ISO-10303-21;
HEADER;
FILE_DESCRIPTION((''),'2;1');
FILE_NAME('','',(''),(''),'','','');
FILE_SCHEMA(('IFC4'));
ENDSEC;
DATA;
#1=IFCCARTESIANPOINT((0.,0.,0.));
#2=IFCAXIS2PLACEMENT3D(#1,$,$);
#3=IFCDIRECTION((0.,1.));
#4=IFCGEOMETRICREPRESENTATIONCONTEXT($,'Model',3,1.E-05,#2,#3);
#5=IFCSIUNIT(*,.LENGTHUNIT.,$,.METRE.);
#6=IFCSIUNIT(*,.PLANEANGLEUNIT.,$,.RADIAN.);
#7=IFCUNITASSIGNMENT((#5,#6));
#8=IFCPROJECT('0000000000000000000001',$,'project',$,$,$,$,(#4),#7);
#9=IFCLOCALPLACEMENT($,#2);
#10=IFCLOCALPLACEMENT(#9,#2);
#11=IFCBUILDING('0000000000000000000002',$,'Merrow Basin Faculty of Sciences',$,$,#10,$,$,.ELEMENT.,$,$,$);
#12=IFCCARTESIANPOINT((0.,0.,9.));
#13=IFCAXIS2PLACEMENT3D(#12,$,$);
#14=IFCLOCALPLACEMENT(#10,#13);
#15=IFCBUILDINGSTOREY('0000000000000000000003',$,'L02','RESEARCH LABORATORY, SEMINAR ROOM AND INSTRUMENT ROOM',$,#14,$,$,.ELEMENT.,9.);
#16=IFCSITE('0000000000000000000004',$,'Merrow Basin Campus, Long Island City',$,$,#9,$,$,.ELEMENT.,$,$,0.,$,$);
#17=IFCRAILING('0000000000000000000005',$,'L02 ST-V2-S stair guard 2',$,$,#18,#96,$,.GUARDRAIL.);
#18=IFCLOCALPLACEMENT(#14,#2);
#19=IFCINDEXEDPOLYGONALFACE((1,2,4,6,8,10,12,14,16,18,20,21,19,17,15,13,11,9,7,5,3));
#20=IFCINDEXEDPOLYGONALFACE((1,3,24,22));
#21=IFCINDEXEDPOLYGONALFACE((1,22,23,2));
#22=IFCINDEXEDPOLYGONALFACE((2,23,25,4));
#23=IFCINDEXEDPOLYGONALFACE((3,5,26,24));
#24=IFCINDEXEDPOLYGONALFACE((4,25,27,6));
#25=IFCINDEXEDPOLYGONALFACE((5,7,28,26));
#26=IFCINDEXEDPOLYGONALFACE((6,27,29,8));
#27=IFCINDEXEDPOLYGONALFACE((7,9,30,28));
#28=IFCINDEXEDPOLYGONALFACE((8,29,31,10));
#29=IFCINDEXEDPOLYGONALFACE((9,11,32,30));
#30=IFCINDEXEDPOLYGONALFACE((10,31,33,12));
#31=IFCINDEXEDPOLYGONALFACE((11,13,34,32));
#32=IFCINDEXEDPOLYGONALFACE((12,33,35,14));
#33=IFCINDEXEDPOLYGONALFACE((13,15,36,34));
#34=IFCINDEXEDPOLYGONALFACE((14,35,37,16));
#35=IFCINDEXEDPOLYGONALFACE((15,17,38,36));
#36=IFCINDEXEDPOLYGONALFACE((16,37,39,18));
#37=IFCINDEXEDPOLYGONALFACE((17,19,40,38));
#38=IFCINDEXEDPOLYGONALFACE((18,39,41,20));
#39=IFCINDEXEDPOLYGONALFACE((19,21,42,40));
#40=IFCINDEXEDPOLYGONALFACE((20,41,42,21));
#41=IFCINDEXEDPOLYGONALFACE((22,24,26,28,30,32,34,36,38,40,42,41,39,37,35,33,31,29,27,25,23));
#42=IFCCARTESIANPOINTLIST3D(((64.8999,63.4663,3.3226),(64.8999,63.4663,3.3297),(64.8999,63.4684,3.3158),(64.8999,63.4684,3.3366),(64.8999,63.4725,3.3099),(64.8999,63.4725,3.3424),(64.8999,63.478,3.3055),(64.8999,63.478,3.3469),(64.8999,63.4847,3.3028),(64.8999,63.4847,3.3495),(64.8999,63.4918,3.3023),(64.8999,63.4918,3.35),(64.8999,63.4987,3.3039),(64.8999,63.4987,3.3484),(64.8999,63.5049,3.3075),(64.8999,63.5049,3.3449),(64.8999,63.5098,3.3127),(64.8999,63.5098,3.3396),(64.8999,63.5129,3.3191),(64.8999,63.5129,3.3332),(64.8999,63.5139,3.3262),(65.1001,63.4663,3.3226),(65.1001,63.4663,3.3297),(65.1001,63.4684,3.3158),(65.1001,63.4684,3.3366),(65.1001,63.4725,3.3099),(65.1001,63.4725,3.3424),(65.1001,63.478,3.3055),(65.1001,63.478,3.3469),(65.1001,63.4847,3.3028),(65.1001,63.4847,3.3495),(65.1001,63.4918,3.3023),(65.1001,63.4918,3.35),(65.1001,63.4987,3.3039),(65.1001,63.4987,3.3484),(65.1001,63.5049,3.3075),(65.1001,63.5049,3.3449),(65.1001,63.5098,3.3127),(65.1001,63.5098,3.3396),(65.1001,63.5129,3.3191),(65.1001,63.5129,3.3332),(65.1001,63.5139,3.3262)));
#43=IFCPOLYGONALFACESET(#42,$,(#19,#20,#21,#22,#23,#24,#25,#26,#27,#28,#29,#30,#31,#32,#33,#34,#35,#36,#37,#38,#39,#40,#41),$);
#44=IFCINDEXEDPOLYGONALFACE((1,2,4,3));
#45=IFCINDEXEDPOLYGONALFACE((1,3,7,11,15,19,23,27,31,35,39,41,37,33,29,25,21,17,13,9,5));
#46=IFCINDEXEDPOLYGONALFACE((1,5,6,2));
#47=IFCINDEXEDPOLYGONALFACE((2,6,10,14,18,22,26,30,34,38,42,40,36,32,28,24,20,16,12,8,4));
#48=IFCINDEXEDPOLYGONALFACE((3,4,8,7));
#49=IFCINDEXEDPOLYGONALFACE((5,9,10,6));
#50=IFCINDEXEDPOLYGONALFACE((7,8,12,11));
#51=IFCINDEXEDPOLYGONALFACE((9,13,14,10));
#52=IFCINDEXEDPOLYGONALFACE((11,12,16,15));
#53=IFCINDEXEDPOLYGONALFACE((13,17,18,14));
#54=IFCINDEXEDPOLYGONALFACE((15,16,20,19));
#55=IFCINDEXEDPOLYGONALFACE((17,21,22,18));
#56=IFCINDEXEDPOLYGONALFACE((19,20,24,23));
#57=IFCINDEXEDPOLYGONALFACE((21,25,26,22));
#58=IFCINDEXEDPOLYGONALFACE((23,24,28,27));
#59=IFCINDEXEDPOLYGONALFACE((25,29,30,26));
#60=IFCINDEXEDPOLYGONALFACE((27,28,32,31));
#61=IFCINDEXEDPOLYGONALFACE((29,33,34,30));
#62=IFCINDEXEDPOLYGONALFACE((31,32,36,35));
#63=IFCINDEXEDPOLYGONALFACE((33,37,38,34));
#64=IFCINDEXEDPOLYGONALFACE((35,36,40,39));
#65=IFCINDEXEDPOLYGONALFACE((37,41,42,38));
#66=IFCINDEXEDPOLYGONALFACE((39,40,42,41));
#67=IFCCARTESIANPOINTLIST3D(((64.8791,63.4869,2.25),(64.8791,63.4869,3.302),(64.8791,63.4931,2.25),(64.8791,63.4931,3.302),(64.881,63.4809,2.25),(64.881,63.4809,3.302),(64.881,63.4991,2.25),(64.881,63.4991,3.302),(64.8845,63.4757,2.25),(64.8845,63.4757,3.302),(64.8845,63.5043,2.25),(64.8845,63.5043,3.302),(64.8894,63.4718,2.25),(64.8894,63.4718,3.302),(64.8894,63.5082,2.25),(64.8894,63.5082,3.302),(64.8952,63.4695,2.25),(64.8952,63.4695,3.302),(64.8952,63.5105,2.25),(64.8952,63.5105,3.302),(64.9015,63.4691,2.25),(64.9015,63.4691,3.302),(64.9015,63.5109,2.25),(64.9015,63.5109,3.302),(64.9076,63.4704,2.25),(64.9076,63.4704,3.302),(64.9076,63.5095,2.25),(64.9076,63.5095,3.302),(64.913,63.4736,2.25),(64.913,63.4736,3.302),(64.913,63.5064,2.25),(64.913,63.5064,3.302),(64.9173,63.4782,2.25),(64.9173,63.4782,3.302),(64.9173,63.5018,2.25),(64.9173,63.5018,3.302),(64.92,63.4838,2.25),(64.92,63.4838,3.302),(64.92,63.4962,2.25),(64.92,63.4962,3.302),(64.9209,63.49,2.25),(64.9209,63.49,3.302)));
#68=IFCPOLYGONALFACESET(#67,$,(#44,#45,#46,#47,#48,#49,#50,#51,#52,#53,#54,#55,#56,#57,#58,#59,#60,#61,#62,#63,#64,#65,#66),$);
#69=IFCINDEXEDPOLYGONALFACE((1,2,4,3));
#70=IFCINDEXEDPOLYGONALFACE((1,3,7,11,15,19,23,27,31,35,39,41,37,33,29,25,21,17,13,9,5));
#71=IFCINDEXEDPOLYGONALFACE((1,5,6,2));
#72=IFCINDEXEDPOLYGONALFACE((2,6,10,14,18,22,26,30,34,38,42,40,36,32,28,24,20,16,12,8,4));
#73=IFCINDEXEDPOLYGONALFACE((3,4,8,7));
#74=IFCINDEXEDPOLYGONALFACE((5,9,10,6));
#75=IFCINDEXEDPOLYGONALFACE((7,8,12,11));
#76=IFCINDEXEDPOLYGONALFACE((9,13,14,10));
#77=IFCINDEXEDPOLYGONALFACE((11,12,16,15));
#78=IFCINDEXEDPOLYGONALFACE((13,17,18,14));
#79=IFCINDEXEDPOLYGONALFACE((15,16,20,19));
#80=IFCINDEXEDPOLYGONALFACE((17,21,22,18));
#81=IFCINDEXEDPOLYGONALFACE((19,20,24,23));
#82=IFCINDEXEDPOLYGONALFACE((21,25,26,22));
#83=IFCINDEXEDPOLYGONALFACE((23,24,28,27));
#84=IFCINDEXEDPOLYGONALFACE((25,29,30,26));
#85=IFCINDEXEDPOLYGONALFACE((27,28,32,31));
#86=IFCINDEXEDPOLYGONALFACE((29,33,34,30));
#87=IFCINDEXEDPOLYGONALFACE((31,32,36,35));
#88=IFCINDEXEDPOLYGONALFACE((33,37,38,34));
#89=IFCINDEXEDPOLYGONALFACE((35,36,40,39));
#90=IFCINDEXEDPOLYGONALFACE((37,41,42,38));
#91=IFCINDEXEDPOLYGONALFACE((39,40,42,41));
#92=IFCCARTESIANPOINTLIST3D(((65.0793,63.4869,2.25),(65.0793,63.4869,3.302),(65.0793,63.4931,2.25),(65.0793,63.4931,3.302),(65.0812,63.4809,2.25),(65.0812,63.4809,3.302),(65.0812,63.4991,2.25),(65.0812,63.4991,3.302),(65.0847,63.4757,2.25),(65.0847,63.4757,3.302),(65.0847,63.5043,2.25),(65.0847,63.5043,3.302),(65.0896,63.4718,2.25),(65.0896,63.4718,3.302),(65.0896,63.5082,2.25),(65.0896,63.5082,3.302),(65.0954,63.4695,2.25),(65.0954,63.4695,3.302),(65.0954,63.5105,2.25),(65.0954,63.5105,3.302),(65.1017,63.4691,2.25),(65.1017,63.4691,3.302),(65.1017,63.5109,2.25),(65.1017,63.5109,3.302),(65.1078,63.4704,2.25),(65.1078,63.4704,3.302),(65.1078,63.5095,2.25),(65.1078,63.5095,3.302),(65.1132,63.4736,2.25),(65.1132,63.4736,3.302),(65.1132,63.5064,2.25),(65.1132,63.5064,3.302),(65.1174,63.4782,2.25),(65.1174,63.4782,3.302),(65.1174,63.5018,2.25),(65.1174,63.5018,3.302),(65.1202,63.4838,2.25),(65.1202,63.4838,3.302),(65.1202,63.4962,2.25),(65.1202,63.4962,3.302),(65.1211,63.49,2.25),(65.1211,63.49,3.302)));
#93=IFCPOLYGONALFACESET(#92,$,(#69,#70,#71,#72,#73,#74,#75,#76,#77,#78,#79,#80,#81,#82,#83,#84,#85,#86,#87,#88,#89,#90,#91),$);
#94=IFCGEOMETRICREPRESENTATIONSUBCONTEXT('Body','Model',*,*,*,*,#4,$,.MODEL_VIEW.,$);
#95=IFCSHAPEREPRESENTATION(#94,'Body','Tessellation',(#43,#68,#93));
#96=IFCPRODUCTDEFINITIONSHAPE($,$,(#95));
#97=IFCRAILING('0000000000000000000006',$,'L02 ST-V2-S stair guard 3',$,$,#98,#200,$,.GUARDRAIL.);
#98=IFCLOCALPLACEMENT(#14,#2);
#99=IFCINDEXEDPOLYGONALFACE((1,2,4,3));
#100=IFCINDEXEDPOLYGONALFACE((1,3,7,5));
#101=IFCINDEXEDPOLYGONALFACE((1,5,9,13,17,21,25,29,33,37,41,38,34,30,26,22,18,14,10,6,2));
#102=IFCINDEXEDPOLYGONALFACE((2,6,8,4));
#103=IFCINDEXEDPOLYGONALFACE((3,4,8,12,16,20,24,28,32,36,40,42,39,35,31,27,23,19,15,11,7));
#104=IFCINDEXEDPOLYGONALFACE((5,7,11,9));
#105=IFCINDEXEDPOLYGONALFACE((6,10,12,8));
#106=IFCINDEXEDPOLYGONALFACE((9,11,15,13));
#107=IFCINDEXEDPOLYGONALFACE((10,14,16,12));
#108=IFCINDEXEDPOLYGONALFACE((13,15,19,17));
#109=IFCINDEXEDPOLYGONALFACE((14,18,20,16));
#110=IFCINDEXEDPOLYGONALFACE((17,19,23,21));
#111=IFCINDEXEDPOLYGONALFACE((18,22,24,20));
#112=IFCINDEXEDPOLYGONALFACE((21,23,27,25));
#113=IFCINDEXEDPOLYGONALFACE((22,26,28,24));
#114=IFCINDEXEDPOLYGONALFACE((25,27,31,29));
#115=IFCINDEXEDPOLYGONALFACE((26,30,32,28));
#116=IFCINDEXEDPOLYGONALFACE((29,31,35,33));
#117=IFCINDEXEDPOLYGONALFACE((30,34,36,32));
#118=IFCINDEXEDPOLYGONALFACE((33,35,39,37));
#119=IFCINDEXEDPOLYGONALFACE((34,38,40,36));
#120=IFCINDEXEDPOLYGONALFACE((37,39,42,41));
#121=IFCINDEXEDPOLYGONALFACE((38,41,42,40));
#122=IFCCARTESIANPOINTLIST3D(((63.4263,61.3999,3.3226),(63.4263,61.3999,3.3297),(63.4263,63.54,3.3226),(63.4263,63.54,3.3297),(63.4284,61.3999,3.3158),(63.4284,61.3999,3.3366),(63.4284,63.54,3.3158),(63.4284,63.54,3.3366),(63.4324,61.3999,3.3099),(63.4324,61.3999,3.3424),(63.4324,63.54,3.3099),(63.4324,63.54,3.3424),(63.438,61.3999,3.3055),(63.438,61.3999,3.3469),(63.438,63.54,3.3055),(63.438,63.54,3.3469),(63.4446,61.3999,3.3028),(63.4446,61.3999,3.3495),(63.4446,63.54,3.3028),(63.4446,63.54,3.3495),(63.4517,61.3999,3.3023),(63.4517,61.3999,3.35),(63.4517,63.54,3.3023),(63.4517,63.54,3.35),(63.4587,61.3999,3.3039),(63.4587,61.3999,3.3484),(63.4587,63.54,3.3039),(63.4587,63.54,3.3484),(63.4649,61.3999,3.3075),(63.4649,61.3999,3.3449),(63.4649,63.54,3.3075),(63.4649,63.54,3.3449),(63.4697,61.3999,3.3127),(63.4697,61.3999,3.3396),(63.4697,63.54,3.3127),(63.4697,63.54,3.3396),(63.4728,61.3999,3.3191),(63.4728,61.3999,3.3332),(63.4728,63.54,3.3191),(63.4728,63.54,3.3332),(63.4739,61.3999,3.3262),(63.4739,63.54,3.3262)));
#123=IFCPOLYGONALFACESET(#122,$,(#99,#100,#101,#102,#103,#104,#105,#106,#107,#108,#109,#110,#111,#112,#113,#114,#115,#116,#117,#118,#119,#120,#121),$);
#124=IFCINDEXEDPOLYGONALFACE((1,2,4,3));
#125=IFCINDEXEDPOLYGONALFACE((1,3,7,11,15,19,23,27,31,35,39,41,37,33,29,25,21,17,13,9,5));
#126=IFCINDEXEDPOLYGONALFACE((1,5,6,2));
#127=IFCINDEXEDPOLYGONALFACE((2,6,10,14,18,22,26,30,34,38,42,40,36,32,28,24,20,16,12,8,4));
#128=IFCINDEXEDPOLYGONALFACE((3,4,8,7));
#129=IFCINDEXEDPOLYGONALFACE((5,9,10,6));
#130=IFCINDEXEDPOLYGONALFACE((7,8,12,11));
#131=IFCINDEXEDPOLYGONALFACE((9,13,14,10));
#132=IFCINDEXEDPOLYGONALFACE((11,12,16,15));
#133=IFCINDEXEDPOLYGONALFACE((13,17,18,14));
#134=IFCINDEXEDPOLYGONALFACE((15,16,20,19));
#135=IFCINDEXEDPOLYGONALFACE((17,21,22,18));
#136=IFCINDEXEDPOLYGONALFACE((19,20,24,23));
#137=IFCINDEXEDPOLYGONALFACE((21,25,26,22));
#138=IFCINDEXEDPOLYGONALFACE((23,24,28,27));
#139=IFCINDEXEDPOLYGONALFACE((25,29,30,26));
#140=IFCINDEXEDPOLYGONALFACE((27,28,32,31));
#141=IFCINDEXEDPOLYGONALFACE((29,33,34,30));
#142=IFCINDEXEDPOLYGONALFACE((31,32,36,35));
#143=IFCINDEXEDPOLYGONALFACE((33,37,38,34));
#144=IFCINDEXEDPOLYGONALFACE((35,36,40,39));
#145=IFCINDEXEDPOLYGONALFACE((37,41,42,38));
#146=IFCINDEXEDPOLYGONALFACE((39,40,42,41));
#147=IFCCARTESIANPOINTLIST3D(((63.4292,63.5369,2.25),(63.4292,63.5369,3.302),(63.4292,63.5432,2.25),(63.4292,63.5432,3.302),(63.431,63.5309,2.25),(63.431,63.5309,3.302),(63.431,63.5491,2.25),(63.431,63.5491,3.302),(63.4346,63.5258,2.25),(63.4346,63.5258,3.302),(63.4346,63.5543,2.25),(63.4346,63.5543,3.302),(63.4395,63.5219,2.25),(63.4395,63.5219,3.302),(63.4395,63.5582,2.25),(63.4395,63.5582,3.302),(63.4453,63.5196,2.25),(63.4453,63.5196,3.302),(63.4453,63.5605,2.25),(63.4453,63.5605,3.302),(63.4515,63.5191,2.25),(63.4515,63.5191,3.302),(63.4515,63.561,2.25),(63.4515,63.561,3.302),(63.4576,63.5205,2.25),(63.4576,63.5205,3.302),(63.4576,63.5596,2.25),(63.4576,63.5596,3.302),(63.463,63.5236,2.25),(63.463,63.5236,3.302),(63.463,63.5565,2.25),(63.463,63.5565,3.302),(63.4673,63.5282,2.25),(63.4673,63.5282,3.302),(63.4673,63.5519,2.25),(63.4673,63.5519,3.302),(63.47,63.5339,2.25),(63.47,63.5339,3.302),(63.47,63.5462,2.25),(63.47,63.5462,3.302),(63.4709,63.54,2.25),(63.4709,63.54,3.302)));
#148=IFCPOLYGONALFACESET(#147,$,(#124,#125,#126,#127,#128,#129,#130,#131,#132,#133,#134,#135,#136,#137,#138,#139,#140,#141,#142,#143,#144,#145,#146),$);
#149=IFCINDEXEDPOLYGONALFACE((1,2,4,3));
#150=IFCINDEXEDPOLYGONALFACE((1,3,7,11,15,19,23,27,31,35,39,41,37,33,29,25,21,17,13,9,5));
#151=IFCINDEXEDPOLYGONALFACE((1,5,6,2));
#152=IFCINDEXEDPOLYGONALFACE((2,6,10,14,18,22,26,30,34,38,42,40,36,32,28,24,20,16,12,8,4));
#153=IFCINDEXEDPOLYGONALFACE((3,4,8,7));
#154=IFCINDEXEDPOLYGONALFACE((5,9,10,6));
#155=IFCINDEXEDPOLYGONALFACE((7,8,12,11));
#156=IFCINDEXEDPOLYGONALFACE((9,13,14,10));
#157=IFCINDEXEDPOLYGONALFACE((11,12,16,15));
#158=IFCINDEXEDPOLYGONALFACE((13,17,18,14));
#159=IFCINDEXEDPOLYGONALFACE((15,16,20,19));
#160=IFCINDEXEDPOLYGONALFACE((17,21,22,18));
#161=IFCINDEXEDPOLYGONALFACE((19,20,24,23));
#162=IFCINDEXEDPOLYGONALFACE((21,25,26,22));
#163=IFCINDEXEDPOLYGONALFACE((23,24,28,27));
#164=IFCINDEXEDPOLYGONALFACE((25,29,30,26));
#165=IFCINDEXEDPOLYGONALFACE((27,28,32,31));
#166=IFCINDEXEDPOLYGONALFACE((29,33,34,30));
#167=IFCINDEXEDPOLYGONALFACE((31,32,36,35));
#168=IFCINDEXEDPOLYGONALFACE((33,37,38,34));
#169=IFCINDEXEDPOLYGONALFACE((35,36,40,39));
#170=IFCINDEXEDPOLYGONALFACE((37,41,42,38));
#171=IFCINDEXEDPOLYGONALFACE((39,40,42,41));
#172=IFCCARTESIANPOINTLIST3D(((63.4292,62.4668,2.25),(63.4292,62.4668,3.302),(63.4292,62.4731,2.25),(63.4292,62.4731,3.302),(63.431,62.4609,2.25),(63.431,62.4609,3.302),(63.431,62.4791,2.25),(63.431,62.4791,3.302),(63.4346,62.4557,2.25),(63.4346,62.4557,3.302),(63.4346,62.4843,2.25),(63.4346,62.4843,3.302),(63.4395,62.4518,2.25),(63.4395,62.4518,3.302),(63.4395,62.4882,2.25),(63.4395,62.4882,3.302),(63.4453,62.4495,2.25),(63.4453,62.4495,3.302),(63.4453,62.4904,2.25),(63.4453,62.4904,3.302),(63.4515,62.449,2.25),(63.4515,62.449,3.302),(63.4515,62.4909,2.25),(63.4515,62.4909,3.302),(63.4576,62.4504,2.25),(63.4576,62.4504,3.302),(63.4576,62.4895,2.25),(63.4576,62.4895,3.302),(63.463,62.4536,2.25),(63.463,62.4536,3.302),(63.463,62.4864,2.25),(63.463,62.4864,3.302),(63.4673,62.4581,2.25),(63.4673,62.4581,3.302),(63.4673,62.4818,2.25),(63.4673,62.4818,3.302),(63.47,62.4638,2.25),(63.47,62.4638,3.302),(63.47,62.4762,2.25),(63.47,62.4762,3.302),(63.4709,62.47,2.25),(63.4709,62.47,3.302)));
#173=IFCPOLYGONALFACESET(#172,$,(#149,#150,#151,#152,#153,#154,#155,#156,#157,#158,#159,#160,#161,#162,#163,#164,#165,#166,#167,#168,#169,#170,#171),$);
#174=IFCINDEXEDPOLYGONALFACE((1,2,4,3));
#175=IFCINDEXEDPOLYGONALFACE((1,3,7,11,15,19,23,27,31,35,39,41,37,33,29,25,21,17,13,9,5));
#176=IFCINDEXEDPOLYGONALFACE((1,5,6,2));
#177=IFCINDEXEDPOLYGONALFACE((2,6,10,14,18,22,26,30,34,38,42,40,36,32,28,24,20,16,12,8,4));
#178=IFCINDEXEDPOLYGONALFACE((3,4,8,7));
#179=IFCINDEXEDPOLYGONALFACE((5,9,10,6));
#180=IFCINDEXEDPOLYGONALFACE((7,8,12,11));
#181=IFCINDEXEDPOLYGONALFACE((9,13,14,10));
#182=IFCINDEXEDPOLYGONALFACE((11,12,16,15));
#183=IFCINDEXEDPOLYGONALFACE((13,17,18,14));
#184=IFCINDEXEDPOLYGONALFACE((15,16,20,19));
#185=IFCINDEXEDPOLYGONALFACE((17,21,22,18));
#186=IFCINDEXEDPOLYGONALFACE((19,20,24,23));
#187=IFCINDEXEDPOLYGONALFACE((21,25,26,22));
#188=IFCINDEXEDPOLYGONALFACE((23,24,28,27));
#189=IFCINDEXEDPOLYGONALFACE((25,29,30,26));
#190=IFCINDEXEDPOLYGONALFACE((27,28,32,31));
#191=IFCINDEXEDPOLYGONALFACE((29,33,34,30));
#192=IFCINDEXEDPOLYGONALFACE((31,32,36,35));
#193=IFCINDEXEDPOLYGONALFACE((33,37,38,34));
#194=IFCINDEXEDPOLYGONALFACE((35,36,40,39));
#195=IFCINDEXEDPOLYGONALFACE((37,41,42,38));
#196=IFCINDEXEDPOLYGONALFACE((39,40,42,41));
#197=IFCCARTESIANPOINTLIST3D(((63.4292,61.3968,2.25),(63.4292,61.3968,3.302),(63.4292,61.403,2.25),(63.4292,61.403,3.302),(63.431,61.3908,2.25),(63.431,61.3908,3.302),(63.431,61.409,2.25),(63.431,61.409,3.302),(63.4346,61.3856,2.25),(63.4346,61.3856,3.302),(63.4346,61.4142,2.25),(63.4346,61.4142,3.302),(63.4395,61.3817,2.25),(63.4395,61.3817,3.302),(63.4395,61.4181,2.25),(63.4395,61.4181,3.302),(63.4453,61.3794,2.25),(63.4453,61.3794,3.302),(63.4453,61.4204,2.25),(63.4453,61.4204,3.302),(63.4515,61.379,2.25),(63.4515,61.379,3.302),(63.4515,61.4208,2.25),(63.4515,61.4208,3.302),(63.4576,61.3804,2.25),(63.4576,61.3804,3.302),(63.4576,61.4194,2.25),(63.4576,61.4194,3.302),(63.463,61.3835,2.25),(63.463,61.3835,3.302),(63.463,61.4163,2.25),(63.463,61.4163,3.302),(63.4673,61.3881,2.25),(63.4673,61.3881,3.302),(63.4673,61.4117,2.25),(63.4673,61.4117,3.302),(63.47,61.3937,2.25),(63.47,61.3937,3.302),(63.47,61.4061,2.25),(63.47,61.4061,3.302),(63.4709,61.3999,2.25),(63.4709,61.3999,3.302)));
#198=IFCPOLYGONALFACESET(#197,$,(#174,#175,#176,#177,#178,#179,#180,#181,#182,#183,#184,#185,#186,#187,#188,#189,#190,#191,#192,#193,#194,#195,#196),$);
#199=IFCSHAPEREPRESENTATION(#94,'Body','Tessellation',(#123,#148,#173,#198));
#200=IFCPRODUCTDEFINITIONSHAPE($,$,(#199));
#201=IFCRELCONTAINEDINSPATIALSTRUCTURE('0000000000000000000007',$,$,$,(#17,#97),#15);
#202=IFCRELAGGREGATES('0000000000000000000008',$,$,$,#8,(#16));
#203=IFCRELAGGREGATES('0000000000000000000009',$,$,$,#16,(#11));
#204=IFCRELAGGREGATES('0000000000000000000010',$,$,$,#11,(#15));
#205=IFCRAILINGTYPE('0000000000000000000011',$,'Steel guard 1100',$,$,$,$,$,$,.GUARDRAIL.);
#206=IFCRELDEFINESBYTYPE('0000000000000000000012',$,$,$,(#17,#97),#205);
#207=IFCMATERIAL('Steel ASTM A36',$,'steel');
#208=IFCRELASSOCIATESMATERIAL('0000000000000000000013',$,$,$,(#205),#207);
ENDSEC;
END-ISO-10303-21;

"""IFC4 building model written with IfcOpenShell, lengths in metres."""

from ifc_helpers import new_model, si_unit, direction, frame, origin, origin_2d, place, context, subcontext, project, spatial, circle, extrude, material, type_object, element, save


model = new_model("IFC4")

# Units and contexts
model_context = context("Model", 3, precision=1e-05, world=origin(), true_north=direction((0.0, 1.0)))
body_context = subcontext(model_context, "Body", "Model", "MODEL_VIEW")
ifc_project = project(units=[si_unit("LENGTHUNIT", "METRE"), si_unit("PLANEANGLEUNIT", "RADIAN")], contexts=[model_context])

# Site, building, storey
site_placement = place(None, origin())
site = spatial("IfcSite", under=ifc_project, at=site_placement, Name="Merrow Basin Campus, Long Island City", CompositionType="ELEMENT", RefElevation=0.0)
building_placement = place(site_placement, origin())
building = spatial("IfcBuilding", under=site, at=building_placement, Name="Merrow Basin Faculty of Sciences", CompositionType="ELEMENT")
storey_placement = place(building_placement, frame((0.0, 0.0, 9.0)))
storey = spatial("IfcBuildingStorey", under=building, at=storey_placement, Name="L02", Description="RESEARCH LABORATORY, SEMINAR ROOM AND INSTRUMENT ROOM", CompositionType="ELEMENT", Elevation=9.0)

# Railings
ifc_material_1 = material(Name="Steel ASTM A36", Category="steel")
railing_type_1 = type_object("IfcRailingType", Name="Steel guard 1100", PredefinedType="GUARDRAIL", material=ifc_material_1)
railing_1_placement = place(storey_placement, frame((64.8999, 63.49, 2.25)))
element("IfcRailing", 1, at=railing_1_placement, inside=storey, type_object=railing_type_1, Name="L02 ST-V2-S stair guard 2", PredefinedType="GUARDRAIL", context=body_context, shape_type="SweptSolid", body=[
    extrude(circle(Radius=0.0239, at=origin_2d()), frame((0.0, 0.0, 1.0762), z_axis=(1.0, 0.0, 0.0), x_axis=(0.0, 1.0, 0.0)), (0.0, 0.0, 1.0), 0.2002),
    extrude(circle(Radius=0.021, at=origin_2d()), origin(), (0.0, 0.0, 1.0), 1.052),
    extrude(circle(Radius=0.021, at=origin_2d()), frame((0.2002, 0.0, 0.0)), (0.0, 0.0, 1.0), 1.052),
])
railing_2_placement = place(storey_placement, frame((63.45, 63.54, 2.25)))
element("IfcRailing", 2, at=railing_2_placement, inside=storey, type_object=railing_type_1, Name="L02 ST-V2-S stair guard 3", PredefinedType="GUARDRAIL", context=body_context, shape_type="SweptSolid", body=[
    extrude(circle(Radius=0.0239, at=origin_2d()), frame((0.0, 0.0, 1.0762), z_axis=(0.0, -1.0, 0.0), x_axis=(1.0, 0.0, 0.0)), (0.0, 0.0, 1.0), 2.1401),
    extrude(circle(Radius=0.021, at=origin_2d()), origin(), (0.0, 0.0, 1.0), 1.052),
    extrude(circle(Radius=0.021, at=origin_2d()), frame((0.0, -1.0701, 0.0)), (0.0, 0.0, 1.0), 1.052),
    extrude(circle(Radius=0.021, at=origin_2d()), frame((0.0, -2.1401, 0.0)), (0.0, 0.0, 1.0), 1.052),
])

save(model, "model.ifc")
